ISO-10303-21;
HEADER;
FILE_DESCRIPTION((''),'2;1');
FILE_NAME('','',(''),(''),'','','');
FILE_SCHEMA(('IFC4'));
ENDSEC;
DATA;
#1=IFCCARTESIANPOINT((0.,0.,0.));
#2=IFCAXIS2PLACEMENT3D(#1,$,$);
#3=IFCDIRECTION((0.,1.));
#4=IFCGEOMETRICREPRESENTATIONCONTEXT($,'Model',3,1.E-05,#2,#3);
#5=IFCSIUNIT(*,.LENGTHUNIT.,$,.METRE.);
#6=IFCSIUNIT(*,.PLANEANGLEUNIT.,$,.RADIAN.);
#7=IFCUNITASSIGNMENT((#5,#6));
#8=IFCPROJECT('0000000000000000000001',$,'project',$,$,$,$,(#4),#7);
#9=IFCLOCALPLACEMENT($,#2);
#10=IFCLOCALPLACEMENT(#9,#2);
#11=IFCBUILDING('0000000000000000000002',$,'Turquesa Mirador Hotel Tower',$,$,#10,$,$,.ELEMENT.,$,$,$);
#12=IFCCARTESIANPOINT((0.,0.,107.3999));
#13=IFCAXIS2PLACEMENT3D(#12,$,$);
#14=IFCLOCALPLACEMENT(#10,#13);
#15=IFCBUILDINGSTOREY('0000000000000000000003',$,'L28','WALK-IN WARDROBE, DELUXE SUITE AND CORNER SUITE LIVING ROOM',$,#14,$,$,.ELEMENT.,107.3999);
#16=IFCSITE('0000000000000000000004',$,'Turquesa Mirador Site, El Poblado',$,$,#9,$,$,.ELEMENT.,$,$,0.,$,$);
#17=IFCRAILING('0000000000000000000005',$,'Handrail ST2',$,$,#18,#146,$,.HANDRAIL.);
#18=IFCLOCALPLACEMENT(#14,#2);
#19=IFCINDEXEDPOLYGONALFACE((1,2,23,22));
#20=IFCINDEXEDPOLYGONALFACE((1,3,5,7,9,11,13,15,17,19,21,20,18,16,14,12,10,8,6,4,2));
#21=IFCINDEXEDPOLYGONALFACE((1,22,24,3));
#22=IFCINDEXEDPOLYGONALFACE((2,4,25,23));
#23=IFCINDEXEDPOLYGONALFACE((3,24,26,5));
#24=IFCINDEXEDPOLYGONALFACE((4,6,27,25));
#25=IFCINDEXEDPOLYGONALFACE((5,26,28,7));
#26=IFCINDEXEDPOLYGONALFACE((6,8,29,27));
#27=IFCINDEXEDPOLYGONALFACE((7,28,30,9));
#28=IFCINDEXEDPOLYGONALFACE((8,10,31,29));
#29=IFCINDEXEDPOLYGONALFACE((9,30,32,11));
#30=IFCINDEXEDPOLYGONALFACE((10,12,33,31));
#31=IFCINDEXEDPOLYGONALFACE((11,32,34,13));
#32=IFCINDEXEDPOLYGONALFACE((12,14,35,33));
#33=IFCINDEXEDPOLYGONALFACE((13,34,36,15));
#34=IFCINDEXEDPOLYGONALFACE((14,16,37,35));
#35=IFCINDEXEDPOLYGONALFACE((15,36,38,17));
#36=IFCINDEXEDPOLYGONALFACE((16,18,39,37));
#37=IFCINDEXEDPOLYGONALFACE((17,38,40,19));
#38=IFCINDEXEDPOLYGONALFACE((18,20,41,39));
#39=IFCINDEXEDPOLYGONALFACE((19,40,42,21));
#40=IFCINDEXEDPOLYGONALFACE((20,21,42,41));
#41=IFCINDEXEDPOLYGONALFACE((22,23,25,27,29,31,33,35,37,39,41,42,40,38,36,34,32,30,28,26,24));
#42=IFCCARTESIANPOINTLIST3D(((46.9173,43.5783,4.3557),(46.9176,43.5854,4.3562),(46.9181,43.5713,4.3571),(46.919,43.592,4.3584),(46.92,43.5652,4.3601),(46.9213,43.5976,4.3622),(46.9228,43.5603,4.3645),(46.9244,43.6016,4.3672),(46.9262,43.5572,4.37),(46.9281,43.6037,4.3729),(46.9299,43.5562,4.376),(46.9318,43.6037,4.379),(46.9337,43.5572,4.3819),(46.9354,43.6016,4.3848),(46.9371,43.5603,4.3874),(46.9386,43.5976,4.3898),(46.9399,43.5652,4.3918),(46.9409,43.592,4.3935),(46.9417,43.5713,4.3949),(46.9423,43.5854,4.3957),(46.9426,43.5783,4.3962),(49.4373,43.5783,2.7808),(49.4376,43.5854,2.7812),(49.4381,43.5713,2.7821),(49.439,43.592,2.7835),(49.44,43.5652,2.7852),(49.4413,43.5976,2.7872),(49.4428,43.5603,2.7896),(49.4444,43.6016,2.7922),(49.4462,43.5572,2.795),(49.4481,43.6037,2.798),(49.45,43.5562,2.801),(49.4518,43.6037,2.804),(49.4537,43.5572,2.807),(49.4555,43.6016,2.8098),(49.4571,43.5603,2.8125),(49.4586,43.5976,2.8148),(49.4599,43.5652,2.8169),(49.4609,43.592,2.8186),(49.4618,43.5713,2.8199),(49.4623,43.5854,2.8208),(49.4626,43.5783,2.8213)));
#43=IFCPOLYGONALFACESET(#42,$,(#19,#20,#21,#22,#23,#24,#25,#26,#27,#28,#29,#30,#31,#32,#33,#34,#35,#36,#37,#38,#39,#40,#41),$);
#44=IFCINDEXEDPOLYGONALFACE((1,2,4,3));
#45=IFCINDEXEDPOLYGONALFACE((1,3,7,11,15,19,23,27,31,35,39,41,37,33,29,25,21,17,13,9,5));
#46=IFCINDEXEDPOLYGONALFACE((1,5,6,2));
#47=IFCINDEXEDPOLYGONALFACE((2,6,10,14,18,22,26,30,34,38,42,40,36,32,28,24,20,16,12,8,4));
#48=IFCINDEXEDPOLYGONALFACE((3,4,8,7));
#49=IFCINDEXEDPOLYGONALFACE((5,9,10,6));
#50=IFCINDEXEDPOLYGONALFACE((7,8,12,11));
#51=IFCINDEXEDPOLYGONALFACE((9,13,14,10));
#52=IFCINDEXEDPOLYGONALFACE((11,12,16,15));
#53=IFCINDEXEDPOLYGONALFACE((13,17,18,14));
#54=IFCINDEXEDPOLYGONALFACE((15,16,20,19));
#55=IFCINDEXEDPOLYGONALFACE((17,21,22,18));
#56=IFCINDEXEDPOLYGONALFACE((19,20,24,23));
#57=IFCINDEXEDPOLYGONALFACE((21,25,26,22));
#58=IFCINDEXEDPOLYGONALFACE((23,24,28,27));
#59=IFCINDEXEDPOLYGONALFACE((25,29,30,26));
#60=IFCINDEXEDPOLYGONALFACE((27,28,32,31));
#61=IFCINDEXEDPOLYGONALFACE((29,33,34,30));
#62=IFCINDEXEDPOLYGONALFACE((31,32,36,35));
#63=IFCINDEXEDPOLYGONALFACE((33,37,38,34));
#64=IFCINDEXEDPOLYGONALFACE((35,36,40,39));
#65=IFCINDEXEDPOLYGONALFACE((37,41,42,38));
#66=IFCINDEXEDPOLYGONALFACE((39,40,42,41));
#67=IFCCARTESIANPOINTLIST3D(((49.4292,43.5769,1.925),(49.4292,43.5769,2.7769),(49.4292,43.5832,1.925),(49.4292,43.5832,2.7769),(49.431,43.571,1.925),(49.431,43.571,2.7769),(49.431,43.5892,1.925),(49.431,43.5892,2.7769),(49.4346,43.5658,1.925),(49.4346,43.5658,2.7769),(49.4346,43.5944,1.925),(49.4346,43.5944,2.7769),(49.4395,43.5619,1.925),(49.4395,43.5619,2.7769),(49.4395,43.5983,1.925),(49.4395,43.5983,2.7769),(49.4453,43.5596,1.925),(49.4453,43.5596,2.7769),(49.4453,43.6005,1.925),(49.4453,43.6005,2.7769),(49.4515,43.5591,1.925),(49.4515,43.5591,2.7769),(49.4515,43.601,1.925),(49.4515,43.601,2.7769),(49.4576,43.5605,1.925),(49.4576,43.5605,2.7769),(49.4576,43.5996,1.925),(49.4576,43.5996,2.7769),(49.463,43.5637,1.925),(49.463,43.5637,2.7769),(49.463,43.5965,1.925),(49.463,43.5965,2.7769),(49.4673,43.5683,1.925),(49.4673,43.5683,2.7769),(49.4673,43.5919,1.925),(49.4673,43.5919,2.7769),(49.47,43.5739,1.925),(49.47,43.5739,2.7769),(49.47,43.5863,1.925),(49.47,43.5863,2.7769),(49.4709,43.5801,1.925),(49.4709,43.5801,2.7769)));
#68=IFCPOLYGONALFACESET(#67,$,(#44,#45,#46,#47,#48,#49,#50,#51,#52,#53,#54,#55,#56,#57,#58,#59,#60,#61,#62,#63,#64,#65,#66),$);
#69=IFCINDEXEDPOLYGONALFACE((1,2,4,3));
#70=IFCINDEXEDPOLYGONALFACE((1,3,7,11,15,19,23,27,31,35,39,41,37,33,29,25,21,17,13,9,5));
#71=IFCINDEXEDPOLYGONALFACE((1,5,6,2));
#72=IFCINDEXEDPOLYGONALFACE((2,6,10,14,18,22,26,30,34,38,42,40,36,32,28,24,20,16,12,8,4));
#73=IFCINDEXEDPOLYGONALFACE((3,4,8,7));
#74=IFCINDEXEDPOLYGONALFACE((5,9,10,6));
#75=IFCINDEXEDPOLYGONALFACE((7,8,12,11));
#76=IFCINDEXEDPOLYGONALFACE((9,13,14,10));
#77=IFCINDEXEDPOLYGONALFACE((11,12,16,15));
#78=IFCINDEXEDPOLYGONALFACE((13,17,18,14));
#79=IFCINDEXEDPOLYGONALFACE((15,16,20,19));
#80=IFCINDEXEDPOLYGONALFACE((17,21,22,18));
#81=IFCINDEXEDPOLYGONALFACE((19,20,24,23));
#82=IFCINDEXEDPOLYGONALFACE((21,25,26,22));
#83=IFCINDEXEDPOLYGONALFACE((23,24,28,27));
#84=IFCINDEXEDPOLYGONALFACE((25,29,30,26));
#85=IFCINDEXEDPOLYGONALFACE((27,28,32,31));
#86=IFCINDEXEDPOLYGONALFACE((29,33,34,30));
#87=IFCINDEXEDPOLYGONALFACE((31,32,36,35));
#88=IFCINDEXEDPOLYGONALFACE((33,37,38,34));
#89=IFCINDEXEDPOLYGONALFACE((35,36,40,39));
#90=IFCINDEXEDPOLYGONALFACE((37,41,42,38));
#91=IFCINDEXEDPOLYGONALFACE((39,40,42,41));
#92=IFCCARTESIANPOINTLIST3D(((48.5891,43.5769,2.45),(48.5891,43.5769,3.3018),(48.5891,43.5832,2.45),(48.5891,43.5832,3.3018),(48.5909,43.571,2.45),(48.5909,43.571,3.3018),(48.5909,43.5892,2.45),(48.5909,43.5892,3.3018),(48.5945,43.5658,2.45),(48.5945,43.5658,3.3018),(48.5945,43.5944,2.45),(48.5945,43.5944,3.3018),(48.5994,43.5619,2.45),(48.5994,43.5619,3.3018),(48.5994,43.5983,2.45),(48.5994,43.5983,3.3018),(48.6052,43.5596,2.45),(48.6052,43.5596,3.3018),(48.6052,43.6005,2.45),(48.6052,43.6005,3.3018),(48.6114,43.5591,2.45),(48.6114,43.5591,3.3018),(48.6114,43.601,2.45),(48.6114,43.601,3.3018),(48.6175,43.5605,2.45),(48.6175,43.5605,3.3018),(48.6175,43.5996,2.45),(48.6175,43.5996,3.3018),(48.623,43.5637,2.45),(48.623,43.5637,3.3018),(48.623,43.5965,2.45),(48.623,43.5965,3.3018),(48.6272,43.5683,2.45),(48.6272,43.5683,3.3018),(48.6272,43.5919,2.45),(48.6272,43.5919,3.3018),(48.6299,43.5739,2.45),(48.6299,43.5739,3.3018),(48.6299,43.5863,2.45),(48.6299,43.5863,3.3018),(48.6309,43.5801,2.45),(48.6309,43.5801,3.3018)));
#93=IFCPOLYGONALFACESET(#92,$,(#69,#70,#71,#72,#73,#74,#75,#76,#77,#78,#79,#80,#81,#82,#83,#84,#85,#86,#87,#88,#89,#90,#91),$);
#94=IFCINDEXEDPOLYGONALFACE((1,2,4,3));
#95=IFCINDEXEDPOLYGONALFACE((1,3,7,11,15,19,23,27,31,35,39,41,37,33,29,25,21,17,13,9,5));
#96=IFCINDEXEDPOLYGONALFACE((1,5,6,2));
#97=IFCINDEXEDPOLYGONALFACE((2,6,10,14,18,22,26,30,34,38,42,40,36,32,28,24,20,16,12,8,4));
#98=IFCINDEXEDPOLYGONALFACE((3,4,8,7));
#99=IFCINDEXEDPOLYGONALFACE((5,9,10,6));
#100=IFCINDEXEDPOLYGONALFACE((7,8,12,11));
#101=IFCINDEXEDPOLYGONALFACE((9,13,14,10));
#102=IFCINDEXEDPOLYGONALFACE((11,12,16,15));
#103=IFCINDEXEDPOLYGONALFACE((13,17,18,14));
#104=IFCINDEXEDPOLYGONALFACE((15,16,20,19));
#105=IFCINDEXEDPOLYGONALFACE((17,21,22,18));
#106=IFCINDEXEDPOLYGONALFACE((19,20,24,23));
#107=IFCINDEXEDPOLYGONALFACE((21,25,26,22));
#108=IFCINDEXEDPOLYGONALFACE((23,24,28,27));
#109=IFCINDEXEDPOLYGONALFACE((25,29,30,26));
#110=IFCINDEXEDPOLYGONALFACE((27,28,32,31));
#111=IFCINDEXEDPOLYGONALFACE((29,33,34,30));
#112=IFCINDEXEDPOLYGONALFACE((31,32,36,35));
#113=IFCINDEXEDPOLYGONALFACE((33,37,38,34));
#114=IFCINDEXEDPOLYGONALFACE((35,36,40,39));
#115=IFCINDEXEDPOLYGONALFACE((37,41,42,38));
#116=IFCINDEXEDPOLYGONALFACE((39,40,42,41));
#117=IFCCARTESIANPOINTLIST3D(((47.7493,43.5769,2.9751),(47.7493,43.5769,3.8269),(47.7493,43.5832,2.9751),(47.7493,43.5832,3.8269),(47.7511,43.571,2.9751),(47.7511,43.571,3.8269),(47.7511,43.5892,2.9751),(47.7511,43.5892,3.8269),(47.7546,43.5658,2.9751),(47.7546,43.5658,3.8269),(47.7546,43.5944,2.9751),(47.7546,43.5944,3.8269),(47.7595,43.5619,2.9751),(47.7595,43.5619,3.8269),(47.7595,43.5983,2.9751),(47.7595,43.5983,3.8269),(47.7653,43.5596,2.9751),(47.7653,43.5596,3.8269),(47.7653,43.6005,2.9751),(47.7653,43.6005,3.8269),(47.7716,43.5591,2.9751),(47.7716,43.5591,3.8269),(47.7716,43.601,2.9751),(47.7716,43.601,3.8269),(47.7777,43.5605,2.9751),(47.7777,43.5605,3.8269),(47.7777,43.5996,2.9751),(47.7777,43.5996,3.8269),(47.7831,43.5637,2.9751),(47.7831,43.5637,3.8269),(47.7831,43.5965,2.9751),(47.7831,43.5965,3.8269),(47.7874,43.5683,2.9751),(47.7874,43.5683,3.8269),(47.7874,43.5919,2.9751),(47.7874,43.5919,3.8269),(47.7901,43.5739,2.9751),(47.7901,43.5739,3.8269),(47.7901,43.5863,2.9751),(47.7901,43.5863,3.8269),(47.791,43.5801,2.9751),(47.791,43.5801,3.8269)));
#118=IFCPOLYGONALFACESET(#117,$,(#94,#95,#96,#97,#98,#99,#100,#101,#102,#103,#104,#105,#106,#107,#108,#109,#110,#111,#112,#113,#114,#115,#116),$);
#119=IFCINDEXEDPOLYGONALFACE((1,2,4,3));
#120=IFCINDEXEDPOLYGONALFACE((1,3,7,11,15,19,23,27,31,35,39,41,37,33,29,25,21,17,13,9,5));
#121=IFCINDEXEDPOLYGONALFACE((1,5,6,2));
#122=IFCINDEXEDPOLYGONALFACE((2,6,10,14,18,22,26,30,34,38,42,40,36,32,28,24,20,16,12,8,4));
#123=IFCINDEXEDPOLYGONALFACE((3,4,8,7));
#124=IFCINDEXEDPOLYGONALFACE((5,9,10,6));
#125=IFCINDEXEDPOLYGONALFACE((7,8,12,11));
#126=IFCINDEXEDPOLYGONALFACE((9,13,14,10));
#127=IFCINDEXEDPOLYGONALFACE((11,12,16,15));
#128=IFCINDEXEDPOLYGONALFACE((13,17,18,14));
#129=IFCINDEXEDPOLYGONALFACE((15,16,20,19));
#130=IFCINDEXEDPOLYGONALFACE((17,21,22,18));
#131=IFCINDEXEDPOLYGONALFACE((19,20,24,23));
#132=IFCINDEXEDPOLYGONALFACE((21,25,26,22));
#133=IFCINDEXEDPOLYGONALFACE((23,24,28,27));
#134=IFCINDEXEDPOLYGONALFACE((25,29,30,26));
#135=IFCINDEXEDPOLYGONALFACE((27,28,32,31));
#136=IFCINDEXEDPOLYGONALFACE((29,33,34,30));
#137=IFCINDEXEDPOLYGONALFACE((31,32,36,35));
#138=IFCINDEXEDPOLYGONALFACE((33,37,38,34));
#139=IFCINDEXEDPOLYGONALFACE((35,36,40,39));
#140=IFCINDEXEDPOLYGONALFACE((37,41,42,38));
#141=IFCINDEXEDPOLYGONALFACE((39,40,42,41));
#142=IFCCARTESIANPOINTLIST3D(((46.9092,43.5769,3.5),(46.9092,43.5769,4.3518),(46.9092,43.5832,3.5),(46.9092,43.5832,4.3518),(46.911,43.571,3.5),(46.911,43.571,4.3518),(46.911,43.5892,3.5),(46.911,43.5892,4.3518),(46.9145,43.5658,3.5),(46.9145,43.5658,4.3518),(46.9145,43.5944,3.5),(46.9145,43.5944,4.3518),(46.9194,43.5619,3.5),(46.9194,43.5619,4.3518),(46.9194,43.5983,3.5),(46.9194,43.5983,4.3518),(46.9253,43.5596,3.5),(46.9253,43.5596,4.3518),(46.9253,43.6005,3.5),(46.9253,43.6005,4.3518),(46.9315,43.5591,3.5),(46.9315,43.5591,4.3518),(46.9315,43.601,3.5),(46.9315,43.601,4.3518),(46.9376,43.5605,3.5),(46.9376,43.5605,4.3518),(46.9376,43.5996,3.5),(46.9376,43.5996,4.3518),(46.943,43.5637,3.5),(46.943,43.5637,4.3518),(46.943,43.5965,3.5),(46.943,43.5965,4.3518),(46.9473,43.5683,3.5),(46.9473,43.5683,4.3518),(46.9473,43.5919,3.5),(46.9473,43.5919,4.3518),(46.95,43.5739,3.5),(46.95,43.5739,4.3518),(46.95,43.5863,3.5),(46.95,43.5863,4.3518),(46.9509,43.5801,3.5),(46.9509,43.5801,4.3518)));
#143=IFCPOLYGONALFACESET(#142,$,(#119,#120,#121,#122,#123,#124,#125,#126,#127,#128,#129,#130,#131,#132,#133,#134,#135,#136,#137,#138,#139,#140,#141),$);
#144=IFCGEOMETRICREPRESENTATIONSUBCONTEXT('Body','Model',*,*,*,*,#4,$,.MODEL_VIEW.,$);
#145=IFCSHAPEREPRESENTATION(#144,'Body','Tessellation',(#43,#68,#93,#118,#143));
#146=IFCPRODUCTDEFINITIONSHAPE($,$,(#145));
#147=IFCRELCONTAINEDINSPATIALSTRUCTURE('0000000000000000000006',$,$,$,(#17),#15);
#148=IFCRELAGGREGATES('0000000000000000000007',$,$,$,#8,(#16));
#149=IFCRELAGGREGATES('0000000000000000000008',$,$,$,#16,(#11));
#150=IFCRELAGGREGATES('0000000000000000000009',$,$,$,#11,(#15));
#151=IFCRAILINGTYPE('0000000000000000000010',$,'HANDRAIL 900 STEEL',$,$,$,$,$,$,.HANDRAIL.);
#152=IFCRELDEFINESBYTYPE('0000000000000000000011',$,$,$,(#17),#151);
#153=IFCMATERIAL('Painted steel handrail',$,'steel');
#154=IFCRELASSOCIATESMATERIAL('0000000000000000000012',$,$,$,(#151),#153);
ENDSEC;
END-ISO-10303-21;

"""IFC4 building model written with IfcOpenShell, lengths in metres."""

from ifc_helpers import new_model, si_unit, direction, frame, origin, origin_2d, place, context, subcontext, project, spatial, circle, extrude, material, type_object, element, save


model = new_model("IFC4")

# Units and contexts
model_context = context("Model", 3, precision=1e-05, world=origin(), true_north=direction((0.0, 1.0)))
body_context = subcontext(model_context, "Body", "Model", "MODEL_VIEW")
ifc_project = project(units=[si_unit("LENGTHUNIT", "METRE"), si_unit("PLANEANGLEUNIT", "RADIAN")], contexts=[model_context])

# Site, building, storey
site_placement = place(None, origin())
site = spatial("IfcSite", under=ifc_project, at=site_placement, Name="Turquesa Mirador Site, El Poblado", CompositionType="ELEMENT", RefElevation=0.0)
building_placement = place(site_placement, origin())
building = spatial("IfcBuilding", under=site, at=building_placement, Name="Turquesa Mirador Hotel Tower", CompositionType="ELEMENT")
storey_placement = place(building_placement, frame((0.0, 0.0, 107.3999)))
storey = spatial("IfcBuildingStorey", under=building, at=storey_placement, Name="L28", Description="WALK-IN WARDROBE, DELUXE SUITE AND CORNER SUITE LIVING ROOM", CompositionType="ELEMENT", Elevation=107.3999)

# Railing
ifc_material_1 = material(Name="Painted steel handrail", Category="steel")
railing_type = type_object("IfcRailingType", Name="HANDRAIL 900 STEEL", PredefinedType="HANDRAIL", material=ifc_material_1)
railing_1_placement = place(storey_placement, frame((49.45, 43.5801, 1.925)))
element("IfcRailing", 1, at=railing_1_placement, inside=storey, type_object=railing_type, Name="Handrail ST2", PredefinedType="HANDRAIL", context=body_context, shape_type="SweptSolid", body=[
    extrude(circle(Radius=0.0239, at=origin_2d()), frame((0.0, 0.0, 0.876), z_axis=(-0.848008, 0.0, 0.529984), x_axis=(0.0, -1.0, 0.0)), (0.0, 0.0, 1.0), 2.9717),
    extrude(circle(Radius=0.021, at=origin_2d()), origin(), (0.0, 0.0, 1.0), 0.8518),
    extrude(circle(Radius=0.021, at=origin_2d()), frame((-0.8401, 0.0, 0.5249)), (0.0, 0.0, 1.0), 0.8518),
    extrude(circle(Radius=0.021, at=origin_2d()), frame((-1.6799, 0.0, 1.05)), (0.0, 0.0, 1.0), 0.8518),
    extrude(circle(Radius=0.021, at=origin_2d()), frame((-2.52, 0.0, 1.575)), (0.0, 0.0, 1.0), 0.8518),
])

save(model, "model.ifc")
